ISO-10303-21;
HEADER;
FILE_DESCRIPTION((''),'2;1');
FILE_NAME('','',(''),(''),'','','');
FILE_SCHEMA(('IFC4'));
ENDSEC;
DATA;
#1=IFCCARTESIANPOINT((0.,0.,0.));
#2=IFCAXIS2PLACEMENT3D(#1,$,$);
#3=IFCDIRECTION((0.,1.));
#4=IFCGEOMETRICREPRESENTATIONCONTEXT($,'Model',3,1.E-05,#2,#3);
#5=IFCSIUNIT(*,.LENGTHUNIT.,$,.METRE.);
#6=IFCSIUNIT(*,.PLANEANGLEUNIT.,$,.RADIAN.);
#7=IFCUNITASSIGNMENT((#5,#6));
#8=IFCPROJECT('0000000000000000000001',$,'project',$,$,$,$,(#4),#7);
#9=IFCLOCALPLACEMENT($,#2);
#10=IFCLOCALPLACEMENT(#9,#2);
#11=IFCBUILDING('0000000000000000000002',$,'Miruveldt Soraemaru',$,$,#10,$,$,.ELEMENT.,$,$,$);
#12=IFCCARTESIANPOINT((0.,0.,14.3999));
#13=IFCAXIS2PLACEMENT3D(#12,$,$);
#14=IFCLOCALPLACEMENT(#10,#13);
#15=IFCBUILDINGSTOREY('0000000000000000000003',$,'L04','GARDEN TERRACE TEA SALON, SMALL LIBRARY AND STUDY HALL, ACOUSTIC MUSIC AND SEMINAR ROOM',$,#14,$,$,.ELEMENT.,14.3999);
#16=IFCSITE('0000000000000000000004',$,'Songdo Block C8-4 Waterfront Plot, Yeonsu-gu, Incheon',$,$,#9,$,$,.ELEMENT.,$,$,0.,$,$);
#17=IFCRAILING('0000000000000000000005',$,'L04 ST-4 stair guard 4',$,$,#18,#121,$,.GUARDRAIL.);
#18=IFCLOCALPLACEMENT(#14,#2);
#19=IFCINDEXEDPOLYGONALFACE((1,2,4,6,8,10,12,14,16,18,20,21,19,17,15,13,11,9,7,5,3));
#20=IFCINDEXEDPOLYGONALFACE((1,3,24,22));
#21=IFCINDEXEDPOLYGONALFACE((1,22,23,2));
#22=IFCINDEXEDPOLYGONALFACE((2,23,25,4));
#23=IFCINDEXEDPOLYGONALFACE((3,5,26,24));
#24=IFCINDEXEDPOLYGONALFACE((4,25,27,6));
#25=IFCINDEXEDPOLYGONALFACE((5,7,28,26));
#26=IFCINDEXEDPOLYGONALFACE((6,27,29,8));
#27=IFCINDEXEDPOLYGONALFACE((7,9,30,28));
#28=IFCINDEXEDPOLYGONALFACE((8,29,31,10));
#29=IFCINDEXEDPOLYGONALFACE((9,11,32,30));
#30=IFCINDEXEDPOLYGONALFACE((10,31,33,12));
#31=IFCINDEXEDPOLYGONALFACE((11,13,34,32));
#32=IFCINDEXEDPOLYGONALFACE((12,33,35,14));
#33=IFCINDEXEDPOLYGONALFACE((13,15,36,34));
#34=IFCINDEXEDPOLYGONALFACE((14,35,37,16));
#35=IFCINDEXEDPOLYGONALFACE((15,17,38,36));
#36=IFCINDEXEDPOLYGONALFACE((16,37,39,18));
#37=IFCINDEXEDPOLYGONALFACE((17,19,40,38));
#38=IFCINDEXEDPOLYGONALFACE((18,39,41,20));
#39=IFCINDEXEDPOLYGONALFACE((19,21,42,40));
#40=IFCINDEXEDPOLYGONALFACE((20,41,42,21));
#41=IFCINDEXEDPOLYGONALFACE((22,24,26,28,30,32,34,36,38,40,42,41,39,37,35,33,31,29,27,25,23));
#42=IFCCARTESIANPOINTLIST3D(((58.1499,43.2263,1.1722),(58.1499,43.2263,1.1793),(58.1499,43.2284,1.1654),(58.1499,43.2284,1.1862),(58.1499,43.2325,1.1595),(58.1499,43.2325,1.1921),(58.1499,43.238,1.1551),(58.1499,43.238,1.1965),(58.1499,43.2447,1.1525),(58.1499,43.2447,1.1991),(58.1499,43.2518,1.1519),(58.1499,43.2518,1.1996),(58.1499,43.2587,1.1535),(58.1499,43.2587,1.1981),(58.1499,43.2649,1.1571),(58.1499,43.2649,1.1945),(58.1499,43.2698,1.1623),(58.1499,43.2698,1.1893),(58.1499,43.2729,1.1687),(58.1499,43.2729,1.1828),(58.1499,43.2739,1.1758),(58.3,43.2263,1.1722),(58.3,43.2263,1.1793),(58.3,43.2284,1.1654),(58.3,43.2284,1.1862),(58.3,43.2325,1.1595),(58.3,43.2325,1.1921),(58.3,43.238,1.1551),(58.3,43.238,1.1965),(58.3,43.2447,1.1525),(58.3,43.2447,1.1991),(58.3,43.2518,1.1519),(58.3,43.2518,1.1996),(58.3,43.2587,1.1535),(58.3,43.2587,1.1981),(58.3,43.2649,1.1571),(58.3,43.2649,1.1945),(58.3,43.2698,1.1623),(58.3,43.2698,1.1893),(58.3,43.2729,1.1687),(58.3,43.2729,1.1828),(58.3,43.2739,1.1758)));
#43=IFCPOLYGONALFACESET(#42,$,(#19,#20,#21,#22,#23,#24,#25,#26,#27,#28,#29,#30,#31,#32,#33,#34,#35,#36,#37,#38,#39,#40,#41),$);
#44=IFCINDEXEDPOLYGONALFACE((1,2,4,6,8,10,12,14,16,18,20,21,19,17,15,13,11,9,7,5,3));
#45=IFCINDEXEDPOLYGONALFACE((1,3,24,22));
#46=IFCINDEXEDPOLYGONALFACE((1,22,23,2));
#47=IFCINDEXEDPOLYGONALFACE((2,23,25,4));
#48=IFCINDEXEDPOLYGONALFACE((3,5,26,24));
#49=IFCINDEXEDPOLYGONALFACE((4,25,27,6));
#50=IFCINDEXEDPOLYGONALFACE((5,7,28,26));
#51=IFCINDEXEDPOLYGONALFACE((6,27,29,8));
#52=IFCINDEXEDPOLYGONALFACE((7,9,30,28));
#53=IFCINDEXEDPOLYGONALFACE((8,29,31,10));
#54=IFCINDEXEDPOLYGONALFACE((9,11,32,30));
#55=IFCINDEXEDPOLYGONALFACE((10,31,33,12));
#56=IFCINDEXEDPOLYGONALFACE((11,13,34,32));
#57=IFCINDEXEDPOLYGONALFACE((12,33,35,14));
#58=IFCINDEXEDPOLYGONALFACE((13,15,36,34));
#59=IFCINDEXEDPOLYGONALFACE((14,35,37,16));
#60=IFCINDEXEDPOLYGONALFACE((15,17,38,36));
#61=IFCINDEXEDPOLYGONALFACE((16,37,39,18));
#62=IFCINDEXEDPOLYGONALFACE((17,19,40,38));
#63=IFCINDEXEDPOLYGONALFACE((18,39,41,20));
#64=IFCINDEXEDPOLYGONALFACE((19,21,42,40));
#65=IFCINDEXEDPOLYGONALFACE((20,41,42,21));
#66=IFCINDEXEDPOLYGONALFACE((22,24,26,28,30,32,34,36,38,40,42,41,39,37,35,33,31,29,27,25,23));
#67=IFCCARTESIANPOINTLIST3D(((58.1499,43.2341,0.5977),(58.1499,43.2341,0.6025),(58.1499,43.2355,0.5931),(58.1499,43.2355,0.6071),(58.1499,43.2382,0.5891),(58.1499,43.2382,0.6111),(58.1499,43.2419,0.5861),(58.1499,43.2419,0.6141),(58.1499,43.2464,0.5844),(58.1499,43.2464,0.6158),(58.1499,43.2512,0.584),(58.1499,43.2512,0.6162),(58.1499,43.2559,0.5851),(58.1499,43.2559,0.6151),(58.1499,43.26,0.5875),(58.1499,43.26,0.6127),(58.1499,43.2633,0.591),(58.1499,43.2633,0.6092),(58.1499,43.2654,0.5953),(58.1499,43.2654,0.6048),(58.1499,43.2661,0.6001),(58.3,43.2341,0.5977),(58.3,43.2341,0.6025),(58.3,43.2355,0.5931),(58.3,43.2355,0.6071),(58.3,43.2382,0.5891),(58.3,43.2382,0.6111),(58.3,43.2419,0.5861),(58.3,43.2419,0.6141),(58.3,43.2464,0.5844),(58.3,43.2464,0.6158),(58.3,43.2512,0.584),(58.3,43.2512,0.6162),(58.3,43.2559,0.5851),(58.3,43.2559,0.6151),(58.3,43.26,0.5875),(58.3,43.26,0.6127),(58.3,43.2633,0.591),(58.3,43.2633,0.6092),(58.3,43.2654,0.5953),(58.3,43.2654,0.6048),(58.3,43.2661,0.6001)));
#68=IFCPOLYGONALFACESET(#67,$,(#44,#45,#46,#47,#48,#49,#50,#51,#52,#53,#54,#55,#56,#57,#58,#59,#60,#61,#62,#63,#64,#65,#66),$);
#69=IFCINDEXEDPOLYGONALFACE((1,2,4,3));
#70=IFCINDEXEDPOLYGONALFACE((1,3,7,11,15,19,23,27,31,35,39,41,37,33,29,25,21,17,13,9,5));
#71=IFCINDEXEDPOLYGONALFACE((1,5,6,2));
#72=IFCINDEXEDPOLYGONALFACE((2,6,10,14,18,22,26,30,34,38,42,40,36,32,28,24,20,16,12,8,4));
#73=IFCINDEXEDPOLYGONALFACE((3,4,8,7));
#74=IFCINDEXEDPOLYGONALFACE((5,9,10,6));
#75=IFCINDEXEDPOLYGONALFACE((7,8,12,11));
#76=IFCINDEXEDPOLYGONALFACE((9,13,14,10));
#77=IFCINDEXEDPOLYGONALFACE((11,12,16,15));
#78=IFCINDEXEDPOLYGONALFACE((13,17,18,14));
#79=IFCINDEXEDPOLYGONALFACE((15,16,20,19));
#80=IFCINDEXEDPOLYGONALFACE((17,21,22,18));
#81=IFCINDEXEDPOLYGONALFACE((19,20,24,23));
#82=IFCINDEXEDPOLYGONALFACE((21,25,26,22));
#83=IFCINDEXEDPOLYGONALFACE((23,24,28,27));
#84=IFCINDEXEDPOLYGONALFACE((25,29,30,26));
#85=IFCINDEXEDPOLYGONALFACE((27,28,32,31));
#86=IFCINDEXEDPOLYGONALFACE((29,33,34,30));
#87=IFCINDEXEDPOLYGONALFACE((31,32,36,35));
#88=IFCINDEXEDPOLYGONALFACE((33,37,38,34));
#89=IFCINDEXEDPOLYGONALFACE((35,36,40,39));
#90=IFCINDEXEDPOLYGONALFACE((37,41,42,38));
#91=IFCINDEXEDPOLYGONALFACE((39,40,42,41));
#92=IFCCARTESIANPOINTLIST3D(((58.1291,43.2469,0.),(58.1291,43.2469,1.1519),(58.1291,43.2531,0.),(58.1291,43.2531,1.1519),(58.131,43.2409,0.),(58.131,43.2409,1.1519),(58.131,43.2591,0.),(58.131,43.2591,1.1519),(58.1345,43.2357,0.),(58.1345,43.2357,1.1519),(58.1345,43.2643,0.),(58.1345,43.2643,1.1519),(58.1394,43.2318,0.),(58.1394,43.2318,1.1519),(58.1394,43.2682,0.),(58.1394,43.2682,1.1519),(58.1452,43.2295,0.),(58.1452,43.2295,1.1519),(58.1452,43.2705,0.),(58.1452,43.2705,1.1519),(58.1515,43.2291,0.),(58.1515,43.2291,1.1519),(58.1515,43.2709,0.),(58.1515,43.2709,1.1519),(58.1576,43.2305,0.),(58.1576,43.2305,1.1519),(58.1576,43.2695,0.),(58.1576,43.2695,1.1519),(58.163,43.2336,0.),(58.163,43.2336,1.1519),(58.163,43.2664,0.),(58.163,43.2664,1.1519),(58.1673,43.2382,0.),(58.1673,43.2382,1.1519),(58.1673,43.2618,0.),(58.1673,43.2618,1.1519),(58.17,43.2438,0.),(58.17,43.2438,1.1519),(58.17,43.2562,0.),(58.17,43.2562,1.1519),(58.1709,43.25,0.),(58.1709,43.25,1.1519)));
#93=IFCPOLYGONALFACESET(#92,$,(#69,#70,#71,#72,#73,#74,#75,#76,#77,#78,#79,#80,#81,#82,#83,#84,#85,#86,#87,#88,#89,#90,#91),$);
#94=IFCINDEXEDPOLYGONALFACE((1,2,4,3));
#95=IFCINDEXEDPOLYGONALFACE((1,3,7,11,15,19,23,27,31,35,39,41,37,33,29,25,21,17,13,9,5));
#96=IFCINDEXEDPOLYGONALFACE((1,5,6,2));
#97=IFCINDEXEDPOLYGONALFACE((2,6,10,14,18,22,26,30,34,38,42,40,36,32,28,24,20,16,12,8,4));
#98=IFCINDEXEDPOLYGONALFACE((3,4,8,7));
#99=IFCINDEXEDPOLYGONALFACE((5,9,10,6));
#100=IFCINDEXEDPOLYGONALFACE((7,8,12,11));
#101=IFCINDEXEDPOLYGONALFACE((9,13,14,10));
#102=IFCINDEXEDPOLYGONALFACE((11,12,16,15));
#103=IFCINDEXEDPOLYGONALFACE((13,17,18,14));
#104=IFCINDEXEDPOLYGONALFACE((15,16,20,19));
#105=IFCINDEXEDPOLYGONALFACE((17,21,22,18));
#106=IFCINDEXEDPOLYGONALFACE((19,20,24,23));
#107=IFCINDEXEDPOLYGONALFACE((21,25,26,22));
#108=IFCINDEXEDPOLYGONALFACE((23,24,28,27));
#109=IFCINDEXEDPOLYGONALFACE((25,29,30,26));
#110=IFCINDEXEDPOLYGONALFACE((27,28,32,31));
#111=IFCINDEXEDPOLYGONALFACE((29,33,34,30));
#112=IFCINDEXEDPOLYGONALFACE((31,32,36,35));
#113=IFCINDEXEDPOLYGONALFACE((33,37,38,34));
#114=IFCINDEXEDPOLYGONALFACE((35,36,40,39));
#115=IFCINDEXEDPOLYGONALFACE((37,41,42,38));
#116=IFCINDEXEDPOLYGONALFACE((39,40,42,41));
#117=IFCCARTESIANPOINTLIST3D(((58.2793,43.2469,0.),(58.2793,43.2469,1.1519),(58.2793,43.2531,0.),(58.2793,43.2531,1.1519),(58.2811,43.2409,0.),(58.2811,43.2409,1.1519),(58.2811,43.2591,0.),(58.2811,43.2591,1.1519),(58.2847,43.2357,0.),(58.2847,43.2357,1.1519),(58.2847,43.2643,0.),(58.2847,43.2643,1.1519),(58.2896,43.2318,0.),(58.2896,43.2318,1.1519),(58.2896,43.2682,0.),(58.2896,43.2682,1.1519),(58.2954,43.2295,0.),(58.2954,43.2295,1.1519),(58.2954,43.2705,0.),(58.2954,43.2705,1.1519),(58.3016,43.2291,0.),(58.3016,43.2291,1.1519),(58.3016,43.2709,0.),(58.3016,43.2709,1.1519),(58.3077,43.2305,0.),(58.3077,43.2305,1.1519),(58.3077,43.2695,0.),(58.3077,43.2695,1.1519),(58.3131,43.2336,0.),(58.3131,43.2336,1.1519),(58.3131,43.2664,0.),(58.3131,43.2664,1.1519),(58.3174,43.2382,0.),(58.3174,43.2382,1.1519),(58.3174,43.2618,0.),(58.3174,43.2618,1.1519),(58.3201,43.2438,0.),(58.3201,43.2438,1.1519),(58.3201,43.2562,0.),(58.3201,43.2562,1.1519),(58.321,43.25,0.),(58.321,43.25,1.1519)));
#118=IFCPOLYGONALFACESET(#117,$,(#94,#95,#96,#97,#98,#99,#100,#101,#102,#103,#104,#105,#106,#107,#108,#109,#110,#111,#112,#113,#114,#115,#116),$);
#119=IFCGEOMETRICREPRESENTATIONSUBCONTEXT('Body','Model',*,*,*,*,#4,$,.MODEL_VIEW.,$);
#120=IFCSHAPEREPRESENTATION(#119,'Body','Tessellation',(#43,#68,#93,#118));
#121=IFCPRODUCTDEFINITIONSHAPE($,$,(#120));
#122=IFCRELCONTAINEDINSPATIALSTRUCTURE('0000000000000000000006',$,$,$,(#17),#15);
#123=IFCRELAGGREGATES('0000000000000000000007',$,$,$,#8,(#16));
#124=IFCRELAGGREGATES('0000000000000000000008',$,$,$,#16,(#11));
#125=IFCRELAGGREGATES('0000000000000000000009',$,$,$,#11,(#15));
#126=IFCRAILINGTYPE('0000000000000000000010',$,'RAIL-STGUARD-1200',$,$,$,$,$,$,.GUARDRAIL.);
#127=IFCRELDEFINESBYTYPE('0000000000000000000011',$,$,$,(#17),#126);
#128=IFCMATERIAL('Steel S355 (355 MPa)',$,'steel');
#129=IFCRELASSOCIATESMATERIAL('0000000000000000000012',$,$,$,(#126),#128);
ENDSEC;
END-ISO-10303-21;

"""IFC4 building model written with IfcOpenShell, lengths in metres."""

from ifc_helpers import new_model, si_unit, direction, frame, origin, origin_2d, place, context, subcontext, project, spatial, circle, extrude, material, type_object, element, save


model = new_model("IFC4")

# Units and contexts
model_context = context("Model", 3, precision=1e-05, world=origin(), true_north=direction((0.0, 1.0)))
body_context = subcontext(model_context, "Body", "Model", "MODEL_VIEW")
ifc_project = project(units=[si_unit("LENGTHUNIT", "METRE"), si_unit("PLANEANGLEUNIT", "RADIAN")], contexts=[model_context])

# Site, building, storey
site_placement = place(None, origin())
site = spatial("IfcSite", under=ifc_project, at=site_placement, Name="Songdo Block C8-4 Waterfront Plot, Yeonsu-gu, Incheon", CompositionType="ELEMENT", RefElevation=0.0)
building_placement = place(site_placement, origin())
building = spatial("IfcBuilding", under=site, at=building_placement, Name="Miruveldt Soraemaru", CompositionType="ELEMENT")
storey_placement = place(building_placement, frame((0.0, 0.0, 14.3999)))
storey = spatial("IfcBuildingStorey", under=building, at=storey_placement, Name="L04", Description="GARDEN TERRACE TEA SALON, SMALL LIBRARY AND STUDY HALL, ACOUSTIC MUSIC AND SEMINAR ROOM", CompositionType="ELEMENT", Elevation=14.3999)

# Shared definitions
ifc_material_1 = material(Name="Steel S355 (355 MPa)", Category="steel")

# Railing
railing_type_1 = type_object("IfcRailingType", Name="RAIL-STGUARD-1200", PredefinedType="GUARDRAIL", material=ifc_material_1)
railing_1_placement = place(storey_placement, frame((58.1499, 43.25, 0.0)))
element("IfcRailing", 1, at=railing_1_placement, inside=storey, type_object=railing_type_1, Name="L04 ST-4 stair guard 4", PredefinedType="GUARDRAIL", context=body_context, shape_type="SweptSolid", body=[
    extrude(circle(Radius=0.0239, at=origin_2d()), frame((0.0, 0.0, 1.1758), z_axis=(1.0, 0.0, 0.0), x_axis=(0.0, 1.0, 0.0)), (0.0, 0.0, 1.0), 0.1501),
    extrude(circle(Radius=0.0161, at=origin_2d()), frame((0.0, 0.0, 0.6001), z_axis=(1.0, 0.0, 0.0), x_axis=(0.0, 1.0, 0.0)), (0.0, 0.0, 1.0), 0.1501),
    extrude(circle(Radius=0.021, at=origin_2d()), origin(), (0.0, 0.0, 1.0), 1.1519),
    extrude(circle(Radius=0.021, at=origin_2d()), frame((0.1501, 0.0, 0.0)), (0.0, 0.0, 1.0), 1.1519),
])

save(model, "model.ifc")
